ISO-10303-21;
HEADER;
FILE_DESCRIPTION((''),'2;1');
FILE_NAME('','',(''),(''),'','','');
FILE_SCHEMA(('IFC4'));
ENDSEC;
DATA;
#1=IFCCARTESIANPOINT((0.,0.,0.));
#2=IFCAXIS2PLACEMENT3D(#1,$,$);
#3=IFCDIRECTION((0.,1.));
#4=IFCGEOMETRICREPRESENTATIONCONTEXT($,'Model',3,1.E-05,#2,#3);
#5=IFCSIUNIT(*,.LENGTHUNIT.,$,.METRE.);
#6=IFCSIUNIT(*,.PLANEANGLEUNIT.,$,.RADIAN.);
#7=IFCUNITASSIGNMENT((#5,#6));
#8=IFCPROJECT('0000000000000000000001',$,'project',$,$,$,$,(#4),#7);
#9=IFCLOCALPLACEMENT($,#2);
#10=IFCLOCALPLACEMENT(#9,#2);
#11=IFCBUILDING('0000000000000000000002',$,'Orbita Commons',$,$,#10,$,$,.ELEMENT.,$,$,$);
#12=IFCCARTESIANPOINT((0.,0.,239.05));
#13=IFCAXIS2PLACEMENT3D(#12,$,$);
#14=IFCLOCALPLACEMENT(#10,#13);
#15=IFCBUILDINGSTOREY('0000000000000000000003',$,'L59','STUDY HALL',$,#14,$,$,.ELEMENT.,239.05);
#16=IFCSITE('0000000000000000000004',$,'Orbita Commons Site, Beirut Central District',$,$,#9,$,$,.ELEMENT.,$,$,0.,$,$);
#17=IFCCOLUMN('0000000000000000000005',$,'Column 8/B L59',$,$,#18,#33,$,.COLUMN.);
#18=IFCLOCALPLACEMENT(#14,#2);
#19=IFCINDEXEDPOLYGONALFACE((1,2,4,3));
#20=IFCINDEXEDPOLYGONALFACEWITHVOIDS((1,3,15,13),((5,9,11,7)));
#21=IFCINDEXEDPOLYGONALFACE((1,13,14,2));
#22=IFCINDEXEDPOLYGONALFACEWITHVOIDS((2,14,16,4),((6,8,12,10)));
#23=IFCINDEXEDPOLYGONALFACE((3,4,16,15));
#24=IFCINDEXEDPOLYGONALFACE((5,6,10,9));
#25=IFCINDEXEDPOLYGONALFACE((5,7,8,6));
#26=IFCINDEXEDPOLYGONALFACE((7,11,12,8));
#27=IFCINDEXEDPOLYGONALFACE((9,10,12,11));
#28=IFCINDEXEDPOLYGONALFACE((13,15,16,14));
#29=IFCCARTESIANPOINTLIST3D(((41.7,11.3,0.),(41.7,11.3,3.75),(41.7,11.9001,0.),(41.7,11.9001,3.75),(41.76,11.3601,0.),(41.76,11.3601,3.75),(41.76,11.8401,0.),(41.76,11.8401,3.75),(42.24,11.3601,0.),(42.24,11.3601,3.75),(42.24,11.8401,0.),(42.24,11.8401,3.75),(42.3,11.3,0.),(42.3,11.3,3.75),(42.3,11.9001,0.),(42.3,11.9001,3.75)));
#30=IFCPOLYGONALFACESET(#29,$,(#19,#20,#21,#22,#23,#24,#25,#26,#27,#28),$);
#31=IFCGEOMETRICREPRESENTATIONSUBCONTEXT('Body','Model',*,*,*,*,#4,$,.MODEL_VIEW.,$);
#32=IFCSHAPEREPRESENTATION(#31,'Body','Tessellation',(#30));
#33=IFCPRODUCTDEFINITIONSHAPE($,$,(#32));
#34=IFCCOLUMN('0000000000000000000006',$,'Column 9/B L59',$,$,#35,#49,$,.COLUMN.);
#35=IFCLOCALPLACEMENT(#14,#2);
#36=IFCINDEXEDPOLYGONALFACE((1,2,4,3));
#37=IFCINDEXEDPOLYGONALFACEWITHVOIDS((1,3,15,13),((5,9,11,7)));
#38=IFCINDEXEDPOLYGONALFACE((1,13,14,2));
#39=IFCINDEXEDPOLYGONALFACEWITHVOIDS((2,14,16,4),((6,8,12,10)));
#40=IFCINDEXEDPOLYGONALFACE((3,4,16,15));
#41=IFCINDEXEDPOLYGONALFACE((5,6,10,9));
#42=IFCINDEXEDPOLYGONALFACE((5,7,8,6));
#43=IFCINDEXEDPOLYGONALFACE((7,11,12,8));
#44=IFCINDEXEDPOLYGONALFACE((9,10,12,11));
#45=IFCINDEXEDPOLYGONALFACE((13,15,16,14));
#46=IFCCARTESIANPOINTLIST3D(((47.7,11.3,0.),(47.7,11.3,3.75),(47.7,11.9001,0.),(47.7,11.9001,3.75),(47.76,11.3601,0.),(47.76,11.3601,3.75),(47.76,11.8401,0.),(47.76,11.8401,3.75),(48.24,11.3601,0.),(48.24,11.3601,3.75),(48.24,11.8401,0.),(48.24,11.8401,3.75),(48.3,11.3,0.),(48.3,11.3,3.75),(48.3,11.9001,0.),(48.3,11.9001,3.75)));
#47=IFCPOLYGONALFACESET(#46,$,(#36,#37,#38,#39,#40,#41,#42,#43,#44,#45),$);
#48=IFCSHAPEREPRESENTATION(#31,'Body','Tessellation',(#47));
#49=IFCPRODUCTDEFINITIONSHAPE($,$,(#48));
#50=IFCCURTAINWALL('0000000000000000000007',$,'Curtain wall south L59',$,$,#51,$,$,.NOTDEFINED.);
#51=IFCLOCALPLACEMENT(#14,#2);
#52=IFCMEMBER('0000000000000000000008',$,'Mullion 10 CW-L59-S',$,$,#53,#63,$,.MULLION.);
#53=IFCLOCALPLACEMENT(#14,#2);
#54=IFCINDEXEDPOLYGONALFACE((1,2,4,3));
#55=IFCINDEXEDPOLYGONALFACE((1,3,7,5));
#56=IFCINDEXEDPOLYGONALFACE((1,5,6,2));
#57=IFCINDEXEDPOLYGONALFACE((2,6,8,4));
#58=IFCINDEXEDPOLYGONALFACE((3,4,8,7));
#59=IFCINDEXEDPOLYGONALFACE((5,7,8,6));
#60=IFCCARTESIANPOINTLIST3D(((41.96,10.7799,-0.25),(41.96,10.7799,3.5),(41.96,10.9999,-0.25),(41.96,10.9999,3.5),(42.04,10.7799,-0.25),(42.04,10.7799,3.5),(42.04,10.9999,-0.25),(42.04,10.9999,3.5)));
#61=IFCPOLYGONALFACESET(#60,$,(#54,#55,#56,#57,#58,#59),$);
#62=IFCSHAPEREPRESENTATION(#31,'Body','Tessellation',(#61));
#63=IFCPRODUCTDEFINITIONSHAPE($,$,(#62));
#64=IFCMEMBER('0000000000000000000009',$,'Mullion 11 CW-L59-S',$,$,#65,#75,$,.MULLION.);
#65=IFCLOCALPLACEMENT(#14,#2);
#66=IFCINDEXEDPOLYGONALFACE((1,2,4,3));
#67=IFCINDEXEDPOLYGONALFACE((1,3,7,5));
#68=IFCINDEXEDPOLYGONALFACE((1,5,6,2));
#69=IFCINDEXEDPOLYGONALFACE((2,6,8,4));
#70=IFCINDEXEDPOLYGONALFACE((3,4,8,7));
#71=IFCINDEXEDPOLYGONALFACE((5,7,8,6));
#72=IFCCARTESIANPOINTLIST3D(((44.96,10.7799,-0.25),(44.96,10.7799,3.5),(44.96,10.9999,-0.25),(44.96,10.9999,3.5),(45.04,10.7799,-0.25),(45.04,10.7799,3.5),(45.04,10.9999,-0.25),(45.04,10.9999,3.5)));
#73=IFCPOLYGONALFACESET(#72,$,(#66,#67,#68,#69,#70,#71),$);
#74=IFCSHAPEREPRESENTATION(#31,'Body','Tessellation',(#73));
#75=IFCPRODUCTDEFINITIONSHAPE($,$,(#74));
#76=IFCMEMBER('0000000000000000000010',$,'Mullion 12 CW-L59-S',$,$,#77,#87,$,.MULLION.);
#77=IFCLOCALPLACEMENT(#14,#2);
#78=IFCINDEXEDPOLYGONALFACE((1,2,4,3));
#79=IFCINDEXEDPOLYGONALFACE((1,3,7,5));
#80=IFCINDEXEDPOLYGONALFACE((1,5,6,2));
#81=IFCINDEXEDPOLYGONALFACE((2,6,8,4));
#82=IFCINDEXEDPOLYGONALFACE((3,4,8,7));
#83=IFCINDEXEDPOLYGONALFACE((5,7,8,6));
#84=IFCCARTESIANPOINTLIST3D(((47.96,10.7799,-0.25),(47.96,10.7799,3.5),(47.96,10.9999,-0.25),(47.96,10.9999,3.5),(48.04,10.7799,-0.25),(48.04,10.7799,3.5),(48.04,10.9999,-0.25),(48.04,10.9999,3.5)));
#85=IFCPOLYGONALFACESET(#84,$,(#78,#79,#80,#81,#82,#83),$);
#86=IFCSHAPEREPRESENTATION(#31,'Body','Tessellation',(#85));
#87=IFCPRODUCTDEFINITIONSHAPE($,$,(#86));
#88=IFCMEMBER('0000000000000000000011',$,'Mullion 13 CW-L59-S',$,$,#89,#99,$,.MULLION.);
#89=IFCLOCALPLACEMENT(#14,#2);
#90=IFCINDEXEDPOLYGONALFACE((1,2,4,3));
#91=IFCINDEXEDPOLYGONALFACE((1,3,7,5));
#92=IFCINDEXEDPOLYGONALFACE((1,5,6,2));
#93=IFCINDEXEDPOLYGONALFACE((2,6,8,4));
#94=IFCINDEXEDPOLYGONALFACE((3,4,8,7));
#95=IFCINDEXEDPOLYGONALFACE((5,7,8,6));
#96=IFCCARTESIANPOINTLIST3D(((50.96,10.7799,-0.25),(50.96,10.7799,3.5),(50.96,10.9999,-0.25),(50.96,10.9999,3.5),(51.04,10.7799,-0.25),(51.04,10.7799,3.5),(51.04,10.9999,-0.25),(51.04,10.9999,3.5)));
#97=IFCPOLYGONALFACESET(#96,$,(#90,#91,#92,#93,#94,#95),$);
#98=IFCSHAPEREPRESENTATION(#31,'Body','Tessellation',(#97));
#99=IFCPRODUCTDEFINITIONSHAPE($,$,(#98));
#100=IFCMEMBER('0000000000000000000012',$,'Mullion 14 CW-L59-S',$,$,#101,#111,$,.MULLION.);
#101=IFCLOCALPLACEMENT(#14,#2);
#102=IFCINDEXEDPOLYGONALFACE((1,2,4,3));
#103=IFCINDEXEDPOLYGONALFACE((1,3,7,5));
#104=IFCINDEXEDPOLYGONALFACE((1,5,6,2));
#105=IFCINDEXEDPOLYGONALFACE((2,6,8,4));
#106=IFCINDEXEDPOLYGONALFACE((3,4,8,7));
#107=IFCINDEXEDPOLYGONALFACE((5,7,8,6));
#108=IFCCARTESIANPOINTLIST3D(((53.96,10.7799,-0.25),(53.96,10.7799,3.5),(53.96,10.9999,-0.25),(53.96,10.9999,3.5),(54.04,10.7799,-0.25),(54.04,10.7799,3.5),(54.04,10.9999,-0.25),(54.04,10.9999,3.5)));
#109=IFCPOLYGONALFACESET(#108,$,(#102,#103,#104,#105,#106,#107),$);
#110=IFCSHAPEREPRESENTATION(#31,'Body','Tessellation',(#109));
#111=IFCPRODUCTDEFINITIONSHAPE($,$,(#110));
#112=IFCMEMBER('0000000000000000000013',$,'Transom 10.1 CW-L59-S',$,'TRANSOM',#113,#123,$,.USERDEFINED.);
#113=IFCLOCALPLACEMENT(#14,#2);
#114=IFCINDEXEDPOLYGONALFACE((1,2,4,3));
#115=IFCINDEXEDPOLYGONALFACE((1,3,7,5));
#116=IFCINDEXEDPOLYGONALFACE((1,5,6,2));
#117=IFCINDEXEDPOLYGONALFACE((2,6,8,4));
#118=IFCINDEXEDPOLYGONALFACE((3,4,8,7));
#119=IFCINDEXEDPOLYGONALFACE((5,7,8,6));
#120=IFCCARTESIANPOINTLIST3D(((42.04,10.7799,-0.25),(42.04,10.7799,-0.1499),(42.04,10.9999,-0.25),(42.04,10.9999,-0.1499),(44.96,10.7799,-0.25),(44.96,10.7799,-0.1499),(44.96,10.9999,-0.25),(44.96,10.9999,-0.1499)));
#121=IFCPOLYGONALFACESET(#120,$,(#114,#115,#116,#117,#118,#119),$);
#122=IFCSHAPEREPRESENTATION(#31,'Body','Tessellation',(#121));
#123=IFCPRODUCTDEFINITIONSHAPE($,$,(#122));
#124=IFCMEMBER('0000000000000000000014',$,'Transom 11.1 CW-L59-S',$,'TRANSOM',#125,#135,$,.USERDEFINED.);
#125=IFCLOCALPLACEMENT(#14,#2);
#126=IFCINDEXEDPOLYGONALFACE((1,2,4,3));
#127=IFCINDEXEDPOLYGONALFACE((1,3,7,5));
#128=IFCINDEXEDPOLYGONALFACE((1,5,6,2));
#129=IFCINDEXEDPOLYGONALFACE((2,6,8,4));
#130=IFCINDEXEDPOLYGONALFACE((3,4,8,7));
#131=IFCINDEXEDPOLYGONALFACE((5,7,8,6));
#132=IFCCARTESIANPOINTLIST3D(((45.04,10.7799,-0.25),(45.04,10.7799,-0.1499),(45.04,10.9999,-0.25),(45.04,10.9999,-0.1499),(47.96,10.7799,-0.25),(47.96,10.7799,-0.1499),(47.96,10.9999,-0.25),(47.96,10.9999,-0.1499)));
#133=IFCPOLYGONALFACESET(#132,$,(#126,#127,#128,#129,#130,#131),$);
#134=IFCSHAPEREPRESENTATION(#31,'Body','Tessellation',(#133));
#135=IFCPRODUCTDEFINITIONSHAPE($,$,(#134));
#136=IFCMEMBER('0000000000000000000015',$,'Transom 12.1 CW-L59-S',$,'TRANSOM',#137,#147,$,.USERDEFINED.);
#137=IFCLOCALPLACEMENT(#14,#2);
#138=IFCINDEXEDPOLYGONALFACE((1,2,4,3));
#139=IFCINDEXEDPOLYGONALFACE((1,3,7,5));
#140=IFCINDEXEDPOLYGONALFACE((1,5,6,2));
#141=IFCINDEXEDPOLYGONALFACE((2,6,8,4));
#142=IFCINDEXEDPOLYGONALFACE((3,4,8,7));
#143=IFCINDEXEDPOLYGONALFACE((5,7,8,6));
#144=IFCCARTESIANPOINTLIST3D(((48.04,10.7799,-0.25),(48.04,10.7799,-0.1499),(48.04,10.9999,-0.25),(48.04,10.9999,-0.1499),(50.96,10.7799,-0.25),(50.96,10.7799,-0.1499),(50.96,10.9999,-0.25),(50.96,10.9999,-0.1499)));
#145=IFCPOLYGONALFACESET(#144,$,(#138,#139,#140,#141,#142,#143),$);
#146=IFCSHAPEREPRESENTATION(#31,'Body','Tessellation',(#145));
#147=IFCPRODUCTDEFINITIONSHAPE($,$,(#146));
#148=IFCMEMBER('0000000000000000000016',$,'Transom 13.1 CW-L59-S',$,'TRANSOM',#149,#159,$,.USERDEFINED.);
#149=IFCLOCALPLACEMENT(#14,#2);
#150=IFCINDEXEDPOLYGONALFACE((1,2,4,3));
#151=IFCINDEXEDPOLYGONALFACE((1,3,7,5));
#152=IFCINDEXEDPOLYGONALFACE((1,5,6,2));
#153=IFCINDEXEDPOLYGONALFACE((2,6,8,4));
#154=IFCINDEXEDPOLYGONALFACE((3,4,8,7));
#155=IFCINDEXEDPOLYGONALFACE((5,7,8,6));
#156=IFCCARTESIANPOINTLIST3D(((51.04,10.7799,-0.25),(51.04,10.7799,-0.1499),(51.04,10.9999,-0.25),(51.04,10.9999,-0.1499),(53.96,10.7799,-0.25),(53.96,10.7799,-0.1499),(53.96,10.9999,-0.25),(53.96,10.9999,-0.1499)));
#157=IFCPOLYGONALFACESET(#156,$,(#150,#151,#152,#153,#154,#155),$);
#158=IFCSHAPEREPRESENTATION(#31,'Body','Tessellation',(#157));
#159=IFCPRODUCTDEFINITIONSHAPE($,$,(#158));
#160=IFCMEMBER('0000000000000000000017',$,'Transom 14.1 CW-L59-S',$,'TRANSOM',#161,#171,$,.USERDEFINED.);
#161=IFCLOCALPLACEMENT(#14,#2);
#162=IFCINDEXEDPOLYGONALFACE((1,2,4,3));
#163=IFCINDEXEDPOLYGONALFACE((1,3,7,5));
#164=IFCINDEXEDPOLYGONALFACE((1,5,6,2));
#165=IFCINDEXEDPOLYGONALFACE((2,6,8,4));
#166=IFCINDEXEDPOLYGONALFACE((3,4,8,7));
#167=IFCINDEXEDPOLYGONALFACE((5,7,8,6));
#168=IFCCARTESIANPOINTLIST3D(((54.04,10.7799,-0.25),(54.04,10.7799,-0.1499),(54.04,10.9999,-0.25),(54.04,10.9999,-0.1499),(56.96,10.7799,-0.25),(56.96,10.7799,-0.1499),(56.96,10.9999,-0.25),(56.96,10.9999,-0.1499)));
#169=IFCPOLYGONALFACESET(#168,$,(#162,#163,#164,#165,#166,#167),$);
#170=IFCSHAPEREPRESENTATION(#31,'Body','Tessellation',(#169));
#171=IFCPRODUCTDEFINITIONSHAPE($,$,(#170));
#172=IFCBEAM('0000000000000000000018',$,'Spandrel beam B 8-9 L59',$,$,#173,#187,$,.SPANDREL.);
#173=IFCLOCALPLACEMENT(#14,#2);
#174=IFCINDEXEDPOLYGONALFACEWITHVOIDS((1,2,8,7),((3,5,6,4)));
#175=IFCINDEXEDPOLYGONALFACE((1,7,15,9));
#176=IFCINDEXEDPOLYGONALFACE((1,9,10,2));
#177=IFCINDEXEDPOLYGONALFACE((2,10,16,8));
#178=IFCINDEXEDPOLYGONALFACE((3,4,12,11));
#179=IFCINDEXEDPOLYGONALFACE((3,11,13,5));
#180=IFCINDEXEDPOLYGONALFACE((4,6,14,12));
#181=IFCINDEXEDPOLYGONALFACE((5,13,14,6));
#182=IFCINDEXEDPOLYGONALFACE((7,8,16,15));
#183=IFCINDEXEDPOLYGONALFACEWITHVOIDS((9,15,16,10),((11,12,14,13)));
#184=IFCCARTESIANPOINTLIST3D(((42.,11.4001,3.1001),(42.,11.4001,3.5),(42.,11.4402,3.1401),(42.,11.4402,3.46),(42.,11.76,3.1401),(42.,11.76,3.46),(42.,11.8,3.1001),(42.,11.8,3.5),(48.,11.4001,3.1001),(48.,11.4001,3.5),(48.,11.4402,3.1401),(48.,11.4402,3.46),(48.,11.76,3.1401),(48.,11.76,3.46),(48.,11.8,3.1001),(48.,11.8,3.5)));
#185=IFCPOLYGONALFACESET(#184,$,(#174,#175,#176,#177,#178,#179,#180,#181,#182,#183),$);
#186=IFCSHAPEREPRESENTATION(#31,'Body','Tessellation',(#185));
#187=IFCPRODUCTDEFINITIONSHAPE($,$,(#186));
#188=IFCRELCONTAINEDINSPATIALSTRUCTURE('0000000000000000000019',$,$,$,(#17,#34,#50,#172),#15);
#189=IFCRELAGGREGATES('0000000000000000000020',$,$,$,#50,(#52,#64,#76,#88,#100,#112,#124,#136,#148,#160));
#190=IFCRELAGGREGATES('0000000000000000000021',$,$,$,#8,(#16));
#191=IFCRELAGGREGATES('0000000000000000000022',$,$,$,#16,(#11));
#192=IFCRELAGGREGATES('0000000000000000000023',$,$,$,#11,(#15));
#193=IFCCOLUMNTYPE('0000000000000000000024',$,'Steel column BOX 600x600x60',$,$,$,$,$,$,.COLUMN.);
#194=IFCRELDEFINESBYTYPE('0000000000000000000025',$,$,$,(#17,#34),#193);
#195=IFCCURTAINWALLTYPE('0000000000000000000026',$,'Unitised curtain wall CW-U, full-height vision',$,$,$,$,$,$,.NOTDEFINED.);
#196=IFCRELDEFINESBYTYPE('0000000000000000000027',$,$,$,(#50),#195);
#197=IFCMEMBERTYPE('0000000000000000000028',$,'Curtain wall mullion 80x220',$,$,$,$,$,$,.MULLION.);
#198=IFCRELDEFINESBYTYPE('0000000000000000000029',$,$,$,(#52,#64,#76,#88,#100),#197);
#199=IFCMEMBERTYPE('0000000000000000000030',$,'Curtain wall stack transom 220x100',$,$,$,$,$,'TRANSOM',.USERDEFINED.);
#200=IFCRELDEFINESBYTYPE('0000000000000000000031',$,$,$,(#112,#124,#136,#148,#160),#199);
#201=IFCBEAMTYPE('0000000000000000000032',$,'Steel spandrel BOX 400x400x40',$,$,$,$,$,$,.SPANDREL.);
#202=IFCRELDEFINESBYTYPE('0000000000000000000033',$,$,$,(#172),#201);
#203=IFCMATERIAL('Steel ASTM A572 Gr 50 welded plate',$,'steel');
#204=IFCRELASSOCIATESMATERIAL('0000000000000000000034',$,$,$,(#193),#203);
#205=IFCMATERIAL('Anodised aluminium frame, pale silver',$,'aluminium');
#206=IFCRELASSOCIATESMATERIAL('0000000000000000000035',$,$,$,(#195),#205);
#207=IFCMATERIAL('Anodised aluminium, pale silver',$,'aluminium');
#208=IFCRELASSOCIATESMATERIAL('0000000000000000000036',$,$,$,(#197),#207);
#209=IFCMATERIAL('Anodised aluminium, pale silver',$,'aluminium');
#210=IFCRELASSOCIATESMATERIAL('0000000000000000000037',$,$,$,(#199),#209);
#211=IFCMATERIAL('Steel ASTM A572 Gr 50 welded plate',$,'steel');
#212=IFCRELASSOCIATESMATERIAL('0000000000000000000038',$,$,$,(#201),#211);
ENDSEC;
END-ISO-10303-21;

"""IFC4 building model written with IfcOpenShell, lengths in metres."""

from ifc_helpers import new_model, si_unit, direction, frame, origin, origin_2d, place, context, subcontext, project, spatial, rectangle, hollow_rectangle, extrude, material, material_profile, profile_set, type_object, element, aggregate, save


model = new_model("IFC4")

# Units and contexts
model_context = context("Model", 3, precision=1e-05, world=origin(), true_north=direction((0.0, 1.0)))
body_context = subcontext(model_context, "Body", "Model", "MODEL_VIEW")
ifc_project = project(units=[si_unit("LENGTHUNIT", "METRE"), si_unit("PLANEANGLEUNIT", "RADIAN")], contexts=[model_context])

# Site, building, storey
site_placement = place(None, origin())
site = spatial("IfcSite", under=ifc_project, at=site_placement, Name="Orbita Commons Site, Beirut Central District", CompositionType="ELEMENT", RefElevation=0.0)
building_placement = place(site_placement, origin())
building = spatial("IfcBuilding", under=site, at=building_placement, Name="Orbita Commons", CompositionType="ELEMENT")
storey_placement = place(building_placement, frame((0.0, 0.0, 239.05)))
storey = spatial("IfcBuildingStorey", under=building, at=storey_placement, Name="L59", Description="STUDY HALL", CompositionType="ELEMENT", Elevation=239.05)

# Columns
ifc_material_1 = material(Name="Steel ASTM A572 Gr 50 welded plate", Category="steel")
ifc_material_profile_1 = material_profile(ifc_material_1, hollow_rectangle(XDim=0.6001, YDim=0.6001, WallThickness=0.0601, at=origin_2d()), Name="BOX 600x600x60")
ifc_profile_set_1 = profile_set([ifc_material_profile_1], Name="Steel ASTM A572 Gr 50 welded plate")
column_type = type_object("IfcColumnType", Name="Steel column BOX 600x600x60", PredefinedType="COLUMN", material=ifc_profile_set_1)
for number, where, z_axis, x_axis, name in (
    (1, (42.0, 11.6001, 0.0), (0.0, 0.0, 1.0), (1.0, 0.0, 0.0), "Column 8/B L59"),
    (2, (48.0, 11.6001, 0.0), (0.0, 0.0, 1.0), (1.0, 0.0, 0.0), "Column 9/B L59"),
):
    element("IfcColumn", number, at=place(storey_placement, frame(where, z_axis=z_axis, x_axis=x_axis)), inside=storey, type_object=column_type, Name=name, PredefinedType="COLUMN", context=body_context, shape_type="SweptSolid", body=[
        extrude(hollow_rectangle(XDim=0.6001, YDim=0.6001, WallThickness=0.0601, at=origin_2d()), origin(), (0.0, 0.0, 1.0), 3.75),
    ])

# Curtain wall, members
ifc_material_2 = material(Name="Anodised aluminium frame, pale silver", Category="aluminium")
curtain_wall_type = type_object("IfcCurtainWallType", Name="Unitised curtain wall CW-U, full-height vision", PredefinedType="NOTDEFINED", material=ifc_material_2)
curtain_wall_placement = place(storey_placement, origin())
curtain_wall = element("IfcCurtainWall", 3, at=curtain_wall_placement, inside=storey, type_object=curtain_wall_type, Name="Curtain wall south L59", PredefinedType="NOTDEFINED")
ifc_material_3 = material(Name="Anodised aluminium, pale silver", Category="aluminium")
ifc_material_profile_2 = material_profile(ifc_material_3, rectangle(XDim=0.0801, YDim=0.22, at=origin_2d()), Name="AL 80x220")
ifc_profile_set_2 = profile_set([ifc_material_profile_2], Name="Anodised aluminium, pale silver")
member_type_1 = type_object("IfcMemberType", Name="Curtain wall mullion 80x220", PredefinedType="MULLION", material=ifc_profile_set_2)
member_1_placement = place(storey_placement, frame((42.0, 10.8899, -0.25), z_axis=(0.0, 0.0, 1.0), x_axis=(1.0, 0.0, 0.0)))
member_1 = element("IfcMember", 4, at=member_1_placement, type_object=member_type_1, Name="Mullion 10 CW-L59-S", PredefinedType="MULLION", context=body_context, shape_type="SweptSolid", body=[
    extrude(rectangle(XDim=0.0801, YDim=0.22, at=origin_2d()), origin(), (0.0, 0.0, 1.0), 3.75),
])
member_2_placement = place(storey_placement, frame((45.0, 10.8899, -0.25), z_axis=(0.0, 0.0, 1.0), x_axis=(1.0, 0.0, 0.0)))
member_2 = element("IfcMember", 5, at=member_2_placement, type_object=member_type_1, Name="Mullion 11 CW-L59-S", PredefinedType="MULLION", context=body_context, shape_type="SweptSolid", body=[
    extrude(rectangle(XDim=0.0801, YDim=0.22, at=origin_2d()), origin(), (0.0, 0.0, 1.0), 3.75),
])
member_3_placement = place(storey_placement, frame((48.0, 10.8899, -0.25), z_axis=(0.0, 0.0, 1.0), x_axis=(1.0, 0.0, 0.0)))
member_3 = element("IfcMember", 6, at=member_3_placement, type_object=member_type_1, Name="Mullion 12 CW-L59-S", PredefinedType="MULLION", context=body_context, shape_type="SweptSolid", body=[
    extrude(rectangle(XDim=0.0801, YDim=0.22, at=origin_2d()), origin(), (0.0, 0.0, 1.0), 3.75),
])
member_4_placement = place(storey_placement, frame((51.0, 10.8899, -0.25), z_axis=(0.0, 0.0, 1.0), x_axis=(1.0, 0.0, 0.0)))
member_4 = element("IfcMember", 7, at=member_4_placement, type_object=member_type_1, Name="Mullion 13 CW-L59-S", PredefinedType="MULLION", context=body_context, shape_type="SweptSolid", body=[
    extrude(rectangle(XDim=0.0801, YDim=0.22, at=origin_2d()), origin(), (0.0, 0.0, 1.0), 3.75),
])
member_5_placement = place(storey_placement, frame((54.0, 10.8899, -0.25), z_axis=(0.0, 0.0, 1.0), x_axis=(1.0, 0.0, 0.0)))
member_5 = element("IfcMember", 8, at=member_5_placement, type_object=member_type_1, Name="Mullion 14 CW-L59-S", PredefinedType="MULLION", context=body_context, shape_type="SweptSolid", body=[
    extrude(rectangle(XDim=0.0801, YDim=0.22, at=origin_2d()), origin(), (0.0, 0.0, 1.0), 3.75),
])
ifc_material_4 = material(Name="Anodised aluminium, pale silver", Category="aluminium")
ifc_material_profile_3 = material_profile(ifc_material_4, rectangle(XDim=0.22, YDim=0.1001, at=origin_2d()), Name="AL 220x100")
ifc_profile_set_3 = profile_set([ifc_material_profile_3], Name="Anodised aluminium, pale silver")
member_type_2 = type_object("IfcMemberType", Name="Curtain wall stack transom 220x100", ElementType="TRANSOM", PredefinedType="USERDEFINED", material=ifc_profile_set_3)
member_6_placement = place(storey_placement, frame((42.04, 10.8899, -0.2), z_axis=(1.0, 0.0, 0.0), x_axis=(0.0, 1.0, 0.0)))
member_6 = element("IfcMember", 9, at=member_6_placement, type_object=member_type_2, Name="Transom 10.1 CW-L59-S", ObjectType="TRANSOM", PredefinedType="USERDEFINED", context=body_context, shape_type="SweptSolid", body=[
    extrude(rectangle(XDim=0.22, YDim=0.1001, at=origin_2d()), origin(), (0.0, 0.0, 1.0), 2.9199),
])
member_7_placement = place(storey_placement, frame((45.04, 10.8899, -0.2), z_axis=(1.0, 0.0, 0.0), x_axis=(0.0, 1.0, 0.0)))
member_7 = element("IfcMember", 10, at=member_7_placement, type_object=member_type_2, Name="Transom 11.1 CW-L59-S", ObjectType="TRANSOM", PredefinedType="USERDEFINED", context=body_context, shape_type="SweptSolid", body=[
    extrude(rectangle(XDim=0.22, YDim=0.1001, at=origin_2d()), origin(), (0.0, 0.0, 1.0), 2.9199),
])
member_8_placement = place(storey_placement, frame((48.04, 10.8899, -0.2), z_axis=(1.0, 0.0, 0.0), x_axis=(0.0, 1.0, 0.0)))
member_8 = element("IfcMember", 11, at=member_8_placement, type_object=member_type_2, Name="Transom 12.1 CW-L59-S", ObjectType="TRANSOM", PredefinedType="USERDEFINED", context=body_context, shape_type="SweptSolid", body=[
    extrude(rectangle(XDim=0.22, YDim=0.1001, at=origin_2d()), origin(), (0.0, 0.0, 1.0), 2.9199),
])
member_9_placement = place(storey_placement, frame((51.04, 10.8899, -0.2), z_axis=(1.0, 0.0, 0.0), x_axis=(0.0, 1.0, 0.0)))
member_9 = element("IfcMember", 12, at=member_9_placement, type_object=member_type_2, Name="Transom 13.1 CW-L59-S", ObjectType="TRANSOM", PredefinedType="USERDEFINED", context=body_context, shape_type="SweptSolid", body=[
    extrude(rectangle(XDim=0.22, YDim=0.1001, at=origin_2d()), origin(), (0.0, 0.0, 1.0), 2.9199),
])
member_10_placement = place(storey_placement, frame((54.04, 10.8899, -0.2), z_axis=(1.0, 0.0, 0.0), x_axis=(0.0, 1.0, 0.0)))
member_10 = element("IfcMember", 13, at=member_10_placement, type_object=member_type_2, Name="Transom 14.1 CW-L59-S", ObjectType="TRANSOM", PredefinedType="USERDEFINED", context=body_context, shape_type="SweptSolid", body=[
    extrude(rectangle(XDim=0.22, YDim=0.1001, at=origin_2d()), origin(), (0.0, 0.0, 1.0), 2.9199),
])

# Beam
ifc_material_5 = material(Name="Steel ASTM A572 Gr 50 welded plate", Category="steel")
ifc_material_profile_4 = material_profile(ifc_material_5, hollow_rectangle(XDim=0.3999, YDim=0.3999, WallThickness=0.04, at=origin_2d()), Name="BOX 400x400x40")
ifc_profile_set_4 = profile_set([ifc_material_profile_4], Name="Steel ASTM A572 Gr 50 welded plate")
beam_type = type_object("IfcBeamType", Name="Steel spandrel BOX 400x400x40", PredefinedType="SPANDREL", material=ifc_profile_set_4)
for number, where, z_axis, x_axis, name in (
    (14, (42.0, 11.6001, 3.3), (1.0, 0.0, 0.0), (0.0, 1.0, 0.0), "Spandrel beam B 8-9 L59"),
):
    element("IfcBeam", number, at=place(storey_placement, frame(where, z_axis=z_axis, x_axis=x_axis)), inside=storey, type_object=beam_type, Name=name, PredefinedType="SPANDREL", context=body_context, shape_type="SweptSolid", body=[
        extrude(hollow_rectangle(XDim=0.3999, YDim=0.3999, WallThickness=0.04, at=origin_2d()), origin(), (0.0, 0.0, 1.0), 6.0),
    ])

aggregate(curtain_wall, [member_1, member_2, member_3, member_4, member_5, member_6, member_7, member_8, member_9, member_10])

save(model, "model.ifc")
